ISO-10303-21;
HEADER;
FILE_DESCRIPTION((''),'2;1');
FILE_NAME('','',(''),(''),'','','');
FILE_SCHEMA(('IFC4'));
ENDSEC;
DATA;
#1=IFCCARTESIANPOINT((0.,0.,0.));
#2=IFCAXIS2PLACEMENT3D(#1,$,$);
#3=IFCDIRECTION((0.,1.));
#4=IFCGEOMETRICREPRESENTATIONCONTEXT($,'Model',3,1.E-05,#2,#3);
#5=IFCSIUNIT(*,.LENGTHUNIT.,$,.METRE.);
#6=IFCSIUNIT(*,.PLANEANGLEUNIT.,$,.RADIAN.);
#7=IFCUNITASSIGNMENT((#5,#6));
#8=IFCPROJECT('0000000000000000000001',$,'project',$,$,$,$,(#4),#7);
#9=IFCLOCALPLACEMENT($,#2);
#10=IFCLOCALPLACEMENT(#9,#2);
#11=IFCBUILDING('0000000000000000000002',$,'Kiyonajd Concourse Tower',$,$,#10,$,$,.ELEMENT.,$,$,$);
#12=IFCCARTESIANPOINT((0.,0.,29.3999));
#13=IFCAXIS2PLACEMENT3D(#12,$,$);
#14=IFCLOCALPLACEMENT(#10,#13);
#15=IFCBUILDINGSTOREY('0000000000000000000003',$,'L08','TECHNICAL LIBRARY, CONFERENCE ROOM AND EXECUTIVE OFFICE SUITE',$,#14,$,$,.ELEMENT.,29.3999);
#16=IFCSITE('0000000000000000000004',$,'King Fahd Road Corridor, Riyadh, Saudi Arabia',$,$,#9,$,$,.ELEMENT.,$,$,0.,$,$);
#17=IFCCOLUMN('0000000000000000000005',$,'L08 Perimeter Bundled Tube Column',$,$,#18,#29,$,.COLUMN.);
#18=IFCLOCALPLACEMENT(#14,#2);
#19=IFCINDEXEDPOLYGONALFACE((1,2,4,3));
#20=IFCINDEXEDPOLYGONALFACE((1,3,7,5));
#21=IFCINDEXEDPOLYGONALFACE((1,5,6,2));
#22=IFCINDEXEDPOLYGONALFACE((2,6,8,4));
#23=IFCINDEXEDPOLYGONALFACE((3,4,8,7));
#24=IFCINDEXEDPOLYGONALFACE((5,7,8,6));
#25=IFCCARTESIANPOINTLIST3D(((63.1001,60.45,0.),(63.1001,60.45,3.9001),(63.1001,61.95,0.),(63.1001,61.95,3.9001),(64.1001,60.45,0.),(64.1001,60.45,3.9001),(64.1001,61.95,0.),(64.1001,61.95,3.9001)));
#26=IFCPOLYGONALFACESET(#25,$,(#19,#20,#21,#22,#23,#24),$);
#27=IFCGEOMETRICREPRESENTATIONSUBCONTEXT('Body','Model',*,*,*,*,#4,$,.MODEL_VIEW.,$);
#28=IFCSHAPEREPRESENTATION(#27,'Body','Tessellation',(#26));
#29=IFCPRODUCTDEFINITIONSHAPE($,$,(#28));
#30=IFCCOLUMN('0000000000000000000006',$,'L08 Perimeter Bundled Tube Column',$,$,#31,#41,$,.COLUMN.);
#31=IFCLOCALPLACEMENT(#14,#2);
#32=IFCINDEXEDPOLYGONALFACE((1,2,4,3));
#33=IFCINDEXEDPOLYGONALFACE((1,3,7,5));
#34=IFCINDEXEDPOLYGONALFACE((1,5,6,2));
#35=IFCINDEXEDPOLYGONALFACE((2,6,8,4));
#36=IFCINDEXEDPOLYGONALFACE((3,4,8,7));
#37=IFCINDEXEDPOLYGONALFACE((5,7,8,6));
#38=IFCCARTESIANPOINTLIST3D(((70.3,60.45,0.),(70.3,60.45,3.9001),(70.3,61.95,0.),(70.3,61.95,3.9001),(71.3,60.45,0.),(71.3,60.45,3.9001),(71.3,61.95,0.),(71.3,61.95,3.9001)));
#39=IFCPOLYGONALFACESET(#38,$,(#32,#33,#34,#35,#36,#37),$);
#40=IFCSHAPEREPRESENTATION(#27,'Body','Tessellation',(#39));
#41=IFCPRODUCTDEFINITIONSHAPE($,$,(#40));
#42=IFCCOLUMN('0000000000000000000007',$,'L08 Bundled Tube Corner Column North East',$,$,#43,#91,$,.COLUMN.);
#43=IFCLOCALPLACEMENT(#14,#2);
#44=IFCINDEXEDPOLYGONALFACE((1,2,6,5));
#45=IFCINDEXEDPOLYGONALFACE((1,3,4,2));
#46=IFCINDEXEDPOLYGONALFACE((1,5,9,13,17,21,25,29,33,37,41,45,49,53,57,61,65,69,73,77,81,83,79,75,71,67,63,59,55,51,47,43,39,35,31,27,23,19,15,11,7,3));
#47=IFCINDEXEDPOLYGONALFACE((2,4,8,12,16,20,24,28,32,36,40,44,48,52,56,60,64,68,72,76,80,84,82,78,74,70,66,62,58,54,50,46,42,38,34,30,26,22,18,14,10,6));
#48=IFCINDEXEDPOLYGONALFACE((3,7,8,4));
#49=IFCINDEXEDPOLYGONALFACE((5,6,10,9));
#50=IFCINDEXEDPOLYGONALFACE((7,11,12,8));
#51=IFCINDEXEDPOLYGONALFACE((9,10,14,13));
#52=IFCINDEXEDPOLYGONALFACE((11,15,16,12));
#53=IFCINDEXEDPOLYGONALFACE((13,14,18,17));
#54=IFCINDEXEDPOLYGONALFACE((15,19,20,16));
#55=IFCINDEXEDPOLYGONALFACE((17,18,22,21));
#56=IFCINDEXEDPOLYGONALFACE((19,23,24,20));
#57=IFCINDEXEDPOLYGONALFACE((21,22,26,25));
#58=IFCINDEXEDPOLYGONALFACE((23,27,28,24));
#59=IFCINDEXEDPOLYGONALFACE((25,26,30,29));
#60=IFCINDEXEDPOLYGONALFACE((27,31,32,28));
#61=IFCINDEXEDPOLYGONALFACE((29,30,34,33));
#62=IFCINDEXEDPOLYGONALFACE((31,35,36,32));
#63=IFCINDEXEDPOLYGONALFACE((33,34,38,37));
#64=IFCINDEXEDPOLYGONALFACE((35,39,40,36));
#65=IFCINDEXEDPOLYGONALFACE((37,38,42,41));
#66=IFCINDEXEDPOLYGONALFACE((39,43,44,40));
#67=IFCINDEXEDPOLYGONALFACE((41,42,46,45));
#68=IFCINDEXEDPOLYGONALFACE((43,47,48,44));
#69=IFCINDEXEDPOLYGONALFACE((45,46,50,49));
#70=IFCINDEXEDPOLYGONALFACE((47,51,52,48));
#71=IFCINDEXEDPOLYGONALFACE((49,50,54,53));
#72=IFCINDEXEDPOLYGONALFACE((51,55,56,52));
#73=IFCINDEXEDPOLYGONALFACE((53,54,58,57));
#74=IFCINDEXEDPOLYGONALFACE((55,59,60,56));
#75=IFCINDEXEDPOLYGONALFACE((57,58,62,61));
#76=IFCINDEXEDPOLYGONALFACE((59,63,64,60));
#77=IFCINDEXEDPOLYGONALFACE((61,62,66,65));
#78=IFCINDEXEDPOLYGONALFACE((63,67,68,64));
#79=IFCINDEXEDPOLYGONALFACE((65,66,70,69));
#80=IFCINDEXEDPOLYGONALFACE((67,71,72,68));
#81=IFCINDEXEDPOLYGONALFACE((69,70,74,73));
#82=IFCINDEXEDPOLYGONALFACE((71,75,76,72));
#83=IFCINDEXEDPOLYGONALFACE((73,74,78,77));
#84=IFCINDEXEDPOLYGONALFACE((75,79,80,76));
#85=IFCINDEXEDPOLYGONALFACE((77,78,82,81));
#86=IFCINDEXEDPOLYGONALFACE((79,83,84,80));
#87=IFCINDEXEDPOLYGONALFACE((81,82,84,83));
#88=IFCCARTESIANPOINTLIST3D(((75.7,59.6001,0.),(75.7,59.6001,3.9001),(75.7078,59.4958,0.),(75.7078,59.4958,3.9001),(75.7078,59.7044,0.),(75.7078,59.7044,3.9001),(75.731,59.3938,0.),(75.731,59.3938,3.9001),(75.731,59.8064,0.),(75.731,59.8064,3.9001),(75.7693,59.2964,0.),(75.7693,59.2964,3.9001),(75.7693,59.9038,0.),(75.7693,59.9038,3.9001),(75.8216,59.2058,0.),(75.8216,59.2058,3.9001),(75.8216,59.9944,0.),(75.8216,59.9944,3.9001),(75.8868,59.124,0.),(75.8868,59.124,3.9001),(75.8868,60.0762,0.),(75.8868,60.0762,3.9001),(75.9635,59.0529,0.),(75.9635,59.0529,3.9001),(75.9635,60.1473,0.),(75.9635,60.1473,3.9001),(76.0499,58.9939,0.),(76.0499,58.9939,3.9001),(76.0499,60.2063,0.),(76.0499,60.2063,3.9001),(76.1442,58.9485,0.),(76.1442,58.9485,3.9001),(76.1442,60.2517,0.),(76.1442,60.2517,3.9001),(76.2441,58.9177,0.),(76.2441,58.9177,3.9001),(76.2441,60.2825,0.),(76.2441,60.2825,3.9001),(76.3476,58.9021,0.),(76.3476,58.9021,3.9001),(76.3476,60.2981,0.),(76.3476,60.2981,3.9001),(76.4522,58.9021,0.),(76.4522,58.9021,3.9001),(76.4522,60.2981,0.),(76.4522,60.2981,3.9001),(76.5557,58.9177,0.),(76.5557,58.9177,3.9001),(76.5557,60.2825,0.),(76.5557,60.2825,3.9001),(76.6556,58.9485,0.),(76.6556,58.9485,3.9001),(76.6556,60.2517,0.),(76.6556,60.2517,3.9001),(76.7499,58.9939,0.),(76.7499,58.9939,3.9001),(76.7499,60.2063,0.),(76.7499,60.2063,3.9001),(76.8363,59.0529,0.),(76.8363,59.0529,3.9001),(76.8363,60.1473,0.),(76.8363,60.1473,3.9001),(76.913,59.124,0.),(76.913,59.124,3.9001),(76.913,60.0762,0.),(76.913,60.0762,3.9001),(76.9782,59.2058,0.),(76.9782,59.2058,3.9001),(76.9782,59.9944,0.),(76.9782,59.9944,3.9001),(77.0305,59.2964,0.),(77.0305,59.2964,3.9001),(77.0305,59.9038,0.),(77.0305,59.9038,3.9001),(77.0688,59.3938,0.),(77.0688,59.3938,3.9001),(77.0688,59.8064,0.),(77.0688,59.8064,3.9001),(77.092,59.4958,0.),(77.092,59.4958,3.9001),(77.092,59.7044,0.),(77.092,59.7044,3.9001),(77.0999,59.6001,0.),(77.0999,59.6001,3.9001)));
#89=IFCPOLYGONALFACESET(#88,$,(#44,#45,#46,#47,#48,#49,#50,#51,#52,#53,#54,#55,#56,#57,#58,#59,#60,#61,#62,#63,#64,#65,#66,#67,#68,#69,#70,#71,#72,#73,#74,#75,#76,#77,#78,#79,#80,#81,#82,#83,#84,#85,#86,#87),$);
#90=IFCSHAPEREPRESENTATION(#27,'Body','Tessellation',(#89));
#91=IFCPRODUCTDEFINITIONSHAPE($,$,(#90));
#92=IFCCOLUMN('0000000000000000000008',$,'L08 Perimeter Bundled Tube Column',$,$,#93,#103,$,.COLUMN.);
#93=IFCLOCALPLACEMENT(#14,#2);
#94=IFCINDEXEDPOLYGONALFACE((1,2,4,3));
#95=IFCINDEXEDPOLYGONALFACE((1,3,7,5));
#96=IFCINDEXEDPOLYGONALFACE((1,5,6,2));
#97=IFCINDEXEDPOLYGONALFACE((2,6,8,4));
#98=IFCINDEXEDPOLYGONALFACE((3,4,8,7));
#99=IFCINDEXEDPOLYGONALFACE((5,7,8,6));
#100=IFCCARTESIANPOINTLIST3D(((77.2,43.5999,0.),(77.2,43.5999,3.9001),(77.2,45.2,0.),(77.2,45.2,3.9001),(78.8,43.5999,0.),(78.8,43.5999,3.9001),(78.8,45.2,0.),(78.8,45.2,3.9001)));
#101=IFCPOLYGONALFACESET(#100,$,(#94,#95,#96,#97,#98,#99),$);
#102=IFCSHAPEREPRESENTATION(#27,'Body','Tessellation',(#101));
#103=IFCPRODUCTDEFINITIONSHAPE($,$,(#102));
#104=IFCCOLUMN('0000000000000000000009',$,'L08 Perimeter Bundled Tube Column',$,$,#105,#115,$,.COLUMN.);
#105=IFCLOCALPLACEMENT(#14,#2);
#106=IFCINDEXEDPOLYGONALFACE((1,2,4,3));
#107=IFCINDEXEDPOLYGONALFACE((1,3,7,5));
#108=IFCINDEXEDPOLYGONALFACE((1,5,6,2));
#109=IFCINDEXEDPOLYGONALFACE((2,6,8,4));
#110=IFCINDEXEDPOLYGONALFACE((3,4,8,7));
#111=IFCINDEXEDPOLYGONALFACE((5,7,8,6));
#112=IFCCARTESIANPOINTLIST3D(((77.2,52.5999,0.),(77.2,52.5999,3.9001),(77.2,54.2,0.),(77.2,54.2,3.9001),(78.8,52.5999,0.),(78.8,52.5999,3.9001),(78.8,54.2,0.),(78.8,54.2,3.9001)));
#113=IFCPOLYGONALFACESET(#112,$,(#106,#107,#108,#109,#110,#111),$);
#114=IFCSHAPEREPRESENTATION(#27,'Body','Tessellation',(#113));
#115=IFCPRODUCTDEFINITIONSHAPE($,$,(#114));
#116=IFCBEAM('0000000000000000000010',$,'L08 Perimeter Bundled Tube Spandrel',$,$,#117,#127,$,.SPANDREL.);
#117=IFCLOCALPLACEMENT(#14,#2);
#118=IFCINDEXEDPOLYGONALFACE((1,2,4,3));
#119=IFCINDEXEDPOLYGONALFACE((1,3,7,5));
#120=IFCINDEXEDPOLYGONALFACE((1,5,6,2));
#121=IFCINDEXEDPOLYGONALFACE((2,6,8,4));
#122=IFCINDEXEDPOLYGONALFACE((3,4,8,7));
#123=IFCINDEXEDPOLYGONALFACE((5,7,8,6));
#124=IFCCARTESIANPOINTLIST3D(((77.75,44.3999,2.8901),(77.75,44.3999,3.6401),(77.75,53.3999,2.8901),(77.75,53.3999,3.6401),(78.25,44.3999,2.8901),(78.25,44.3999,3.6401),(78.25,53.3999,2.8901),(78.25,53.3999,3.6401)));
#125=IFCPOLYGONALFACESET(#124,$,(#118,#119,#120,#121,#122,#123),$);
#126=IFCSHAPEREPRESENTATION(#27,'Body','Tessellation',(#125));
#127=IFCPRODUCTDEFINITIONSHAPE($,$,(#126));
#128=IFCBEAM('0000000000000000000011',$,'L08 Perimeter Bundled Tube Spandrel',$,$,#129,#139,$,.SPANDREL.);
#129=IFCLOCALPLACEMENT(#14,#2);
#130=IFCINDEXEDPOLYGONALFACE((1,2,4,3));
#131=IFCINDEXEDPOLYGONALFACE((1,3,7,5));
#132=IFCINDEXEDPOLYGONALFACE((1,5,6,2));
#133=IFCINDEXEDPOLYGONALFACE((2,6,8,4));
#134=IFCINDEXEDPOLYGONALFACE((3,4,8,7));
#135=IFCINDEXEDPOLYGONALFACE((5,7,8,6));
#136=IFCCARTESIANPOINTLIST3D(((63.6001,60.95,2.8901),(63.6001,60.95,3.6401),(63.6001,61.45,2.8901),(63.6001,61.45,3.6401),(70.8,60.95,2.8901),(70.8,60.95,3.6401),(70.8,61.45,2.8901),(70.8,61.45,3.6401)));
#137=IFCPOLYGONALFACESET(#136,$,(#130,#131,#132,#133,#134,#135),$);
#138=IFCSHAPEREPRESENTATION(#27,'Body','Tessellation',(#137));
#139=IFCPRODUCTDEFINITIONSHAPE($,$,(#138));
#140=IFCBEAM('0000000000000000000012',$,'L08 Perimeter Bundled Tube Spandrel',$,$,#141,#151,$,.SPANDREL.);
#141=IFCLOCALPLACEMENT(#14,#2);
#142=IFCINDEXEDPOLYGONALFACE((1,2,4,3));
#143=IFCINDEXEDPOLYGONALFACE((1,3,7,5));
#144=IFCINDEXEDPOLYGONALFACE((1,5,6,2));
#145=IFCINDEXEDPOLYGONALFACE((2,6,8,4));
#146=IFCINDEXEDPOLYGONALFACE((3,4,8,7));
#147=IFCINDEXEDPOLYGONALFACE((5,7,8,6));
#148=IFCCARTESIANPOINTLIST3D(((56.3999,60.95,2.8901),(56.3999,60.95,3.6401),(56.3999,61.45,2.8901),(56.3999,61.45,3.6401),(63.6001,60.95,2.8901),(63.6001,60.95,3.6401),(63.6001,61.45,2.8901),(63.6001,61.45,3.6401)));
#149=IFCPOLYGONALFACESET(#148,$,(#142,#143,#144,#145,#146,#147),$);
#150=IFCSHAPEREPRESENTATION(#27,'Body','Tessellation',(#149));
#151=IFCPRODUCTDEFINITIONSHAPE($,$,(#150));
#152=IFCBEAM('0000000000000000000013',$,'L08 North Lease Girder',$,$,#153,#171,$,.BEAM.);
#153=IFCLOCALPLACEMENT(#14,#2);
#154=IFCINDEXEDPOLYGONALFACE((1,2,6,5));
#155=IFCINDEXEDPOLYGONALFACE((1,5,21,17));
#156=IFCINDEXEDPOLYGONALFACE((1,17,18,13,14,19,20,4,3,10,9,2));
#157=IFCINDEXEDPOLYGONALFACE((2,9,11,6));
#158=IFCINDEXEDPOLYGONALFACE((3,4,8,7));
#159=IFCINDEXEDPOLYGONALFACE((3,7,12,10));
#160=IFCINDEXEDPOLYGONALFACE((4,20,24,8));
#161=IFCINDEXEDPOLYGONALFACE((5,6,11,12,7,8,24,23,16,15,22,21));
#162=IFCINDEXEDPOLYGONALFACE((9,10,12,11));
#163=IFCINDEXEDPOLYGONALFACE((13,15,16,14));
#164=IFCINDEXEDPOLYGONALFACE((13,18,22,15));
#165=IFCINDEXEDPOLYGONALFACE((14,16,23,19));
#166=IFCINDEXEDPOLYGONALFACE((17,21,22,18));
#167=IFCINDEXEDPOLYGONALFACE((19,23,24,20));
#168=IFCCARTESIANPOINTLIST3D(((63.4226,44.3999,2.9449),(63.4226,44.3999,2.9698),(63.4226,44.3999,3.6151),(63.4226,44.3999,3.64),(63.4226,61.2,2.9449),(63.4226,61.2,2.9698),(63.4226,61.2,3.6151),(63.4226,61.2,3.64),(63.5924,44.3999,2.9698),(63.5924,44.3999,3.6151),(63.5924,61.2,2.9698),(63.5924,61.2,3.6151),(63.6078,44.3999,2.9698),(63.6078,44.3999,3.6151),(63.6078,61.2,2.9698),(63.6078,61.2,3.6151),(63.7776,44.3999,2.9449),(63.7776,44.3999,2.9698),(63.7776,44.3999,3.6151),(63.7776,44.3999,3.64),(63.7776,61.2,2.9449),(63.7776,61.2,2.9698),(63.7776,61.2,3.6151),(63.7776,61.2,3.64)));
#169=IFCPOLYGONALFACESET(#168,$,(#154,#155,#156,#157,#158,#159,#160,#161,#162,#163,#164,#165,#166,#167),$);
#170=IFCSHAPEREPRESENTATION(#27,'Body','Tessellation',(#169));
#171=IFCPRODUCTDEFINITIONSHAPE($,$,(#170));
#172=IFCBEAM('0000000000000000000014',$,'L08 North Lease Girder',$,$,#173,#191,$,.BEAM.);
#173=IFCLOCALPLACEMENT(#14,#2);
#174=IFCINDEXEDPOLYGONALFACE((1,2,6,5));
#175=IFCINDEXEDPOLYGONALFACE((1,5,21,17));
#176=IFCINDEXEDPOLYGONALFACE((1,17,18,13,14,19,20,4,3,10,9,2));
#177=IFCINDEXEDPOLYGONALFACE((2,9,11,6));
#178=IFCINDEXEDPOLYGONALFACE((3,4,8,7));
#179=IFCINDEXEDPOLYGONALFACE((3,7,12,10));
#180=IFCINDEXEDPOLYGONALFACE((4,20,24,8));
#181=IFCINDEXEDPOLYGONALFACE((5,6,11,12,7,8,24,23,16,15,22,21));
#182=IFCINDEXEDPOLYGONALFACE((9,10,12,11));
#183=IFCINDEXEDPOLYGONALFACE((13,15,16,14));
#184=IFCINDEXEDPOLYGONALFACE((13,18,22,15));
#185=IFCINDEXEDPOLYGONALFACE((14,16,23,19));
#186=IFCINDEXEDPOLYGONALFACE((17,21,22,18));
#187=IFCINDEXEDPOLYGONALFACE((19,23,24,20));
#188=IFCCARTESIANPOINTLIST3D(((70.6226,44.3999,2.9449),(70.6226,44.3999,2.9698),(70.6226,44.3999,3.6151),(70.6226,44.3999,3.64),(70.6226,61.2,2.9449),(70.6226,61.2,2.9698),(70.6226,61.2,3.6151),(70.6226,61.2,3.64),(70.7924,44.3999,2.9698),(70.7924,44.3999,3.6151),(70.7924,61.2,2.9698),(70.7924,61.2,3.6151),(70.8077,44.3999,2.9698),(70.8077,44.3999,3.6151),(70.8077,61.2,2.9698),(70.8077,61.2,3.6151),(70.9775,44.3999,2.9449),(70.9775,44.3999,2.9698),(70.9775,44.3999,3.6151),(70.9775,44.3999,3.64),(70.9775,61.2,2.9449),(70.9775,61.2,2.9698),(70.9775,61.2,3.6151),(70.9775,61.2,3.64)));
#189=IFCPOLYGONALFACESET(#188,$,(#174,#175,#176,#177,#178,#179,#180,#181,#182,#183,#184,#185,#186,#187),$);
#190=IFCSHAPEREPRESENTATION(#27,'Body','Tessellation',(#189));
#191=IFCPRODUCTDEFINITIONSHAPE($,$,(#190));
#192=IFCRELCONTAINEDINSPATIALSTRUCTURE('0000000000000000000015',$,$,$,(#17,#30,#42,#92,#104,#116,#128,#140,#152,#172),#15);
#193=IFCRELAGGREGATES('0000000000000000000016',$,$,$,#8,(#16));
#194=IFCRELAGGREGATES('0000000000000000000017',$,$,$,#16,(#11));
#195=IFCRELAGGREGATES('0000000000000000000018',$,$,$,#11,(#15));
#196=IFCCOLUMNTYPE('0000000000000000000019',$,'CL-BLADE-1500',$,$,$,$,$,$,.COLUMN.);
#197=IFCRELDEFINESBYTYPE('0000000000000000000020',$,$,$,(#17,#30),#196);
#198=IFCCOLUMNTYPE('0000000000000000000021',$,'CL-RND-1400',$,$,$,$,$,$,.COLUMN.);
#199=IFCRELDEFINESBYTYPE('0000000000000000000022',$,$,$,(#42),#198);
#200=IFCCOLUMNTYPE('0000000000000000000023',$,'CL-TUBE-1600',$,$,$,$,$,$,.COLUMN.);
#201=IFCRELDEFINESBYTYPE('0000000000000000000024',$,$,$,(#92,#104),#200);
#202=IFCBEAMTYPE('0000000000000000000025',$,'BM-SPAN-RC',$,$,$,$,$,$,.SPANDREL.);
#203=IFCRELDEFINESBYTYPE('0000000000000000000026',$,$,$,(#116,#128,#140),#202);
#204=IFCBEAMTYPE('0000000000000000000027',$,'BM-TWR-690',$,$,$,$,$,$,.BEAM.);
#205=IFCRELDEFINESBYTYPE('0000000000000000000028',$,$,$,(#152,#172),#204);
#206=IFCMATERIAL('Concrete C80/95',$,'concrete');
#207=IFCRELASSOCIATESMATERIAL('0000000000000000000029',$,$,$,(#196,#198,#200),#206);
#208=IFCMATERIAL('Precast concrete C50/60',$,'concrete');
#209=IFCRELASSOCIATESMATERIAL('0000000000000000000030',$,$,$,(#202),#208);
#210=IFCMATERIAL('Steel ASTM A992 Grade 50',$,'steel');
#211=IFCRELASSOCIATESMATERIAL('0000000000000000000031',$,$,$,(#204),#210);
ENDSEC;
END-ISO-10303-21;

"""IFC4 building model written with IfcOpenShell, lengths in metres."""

from ifc_helpers import new_model, si_unit, direction, frame, origin, origin_2d, place, context, subcontext, project, spatial, rectangle, circle, i_section, extrude, material, material_profile, profile_set, type_object, element, save


model = new_model("IFC4")

# Units and contexts
model_context = context("Model", 3, precision=1e-05, world=origin(), true_north=direction((0.0, 1.0)))
body_context = subcontext(model_context, "Body", "Model", "MODEL_VIEW")
ifc_project = project(units=[si_unit("LENGTHUNIT", "METRE"), si_unit("PLANEANGLEUNIT", "RADIAN")], contexts=[model_context])

# Site, building, storey
site_placement = place(None, origin())
site = spatial("IfcSite", under=ifc_project, at=site_placement, Name="King Fahd Road Corridor, Riyadh, Saudi Arabia", CompositionType="ELEMENT", RefElevation=0.0)
building_placement = place(site_placement, origin())
building = spatial("IfcBuilding", under=site, at=building_placement, Name="Kiyonajd Concourse Tower", CompositionType="ELEMENT")
storey_placement = place(building_placement, frame((0.0, 0.0, 29.3999)))
storey = spatial("IfcBuildingStorey", under=building, at=storey_placement, Name="L08", Description="TECHNICAL LIBRARY, CONFERENCE ROOM AND EXECUTIVE OFFICE SUITE", CompositionType="ELEMENT", Elevation=29.3999)

# Columns
ifc_material_1 = material(Name="Concrete C80/95", Category="concrete")
ifc_material_profile_1 = material_profile(ifc_material_1, rectangle(XDim=1.0, YDim=1.5, at=origin_2d()), Name="RC-1500x1000")
ifc_profile_set_1 = profile_set([ifc_material_profile_1], Name="Concrete C80/95")
column_type_1 = type_object("IfcColumnType", Name="CL-BLADE-1500", PredefinedType="COLUMN", material=ifc_profile_set_1)
for number, where, z_axis, x_axis, name in (
    (1, (63.6001, 61.2, 0.0), (0.0, 0.0, 1.0), (1.0, 0.0, 0.0), "L08 Perimeter Bundled Tube Column"),
    (2, (70.8, 61.2, 0.0), (0.0, 0.0, 1.0), (1.0, 0.0, 0.0), "L08 Perimeter Bundled Tube Column"),
):
    element("IfcColumn", number, at=place(storey_placement, frame(where, z_axis=z_axis, x_axis=x_axis)), inside=storey, type_object=column_type_1, Name=name, PredefinedType="COLUMN", context=body_context, shape_type="SweptSolid", body=[
        extrude(rectangle(XDim=1.0, YDim=1.5, at=origin_2d()), origin(), (0.0, 0.0, 1.0), 3.9001),
    ])
ifc_material_profile_2 = material_profile(ifc_material_1, circle(Radius=0.7, at=origin_2d()), Name="RCC-D1400")
ifc_profile_set_2 = profile_set([ifc_material_profile_2], Name="Concrete C80/95")
column_type_2 = type_object("IfcColumnType", Name="CL-RND-1400", PredefinedType="COLUMN", material=ifc_profile_set_2)
column_placement = place(storey_placement, frame((76.3999, 59.6001, 0.0), z_axis=(0.0, 0.0, 1.0), x_axis=(1.0, 0.0, 0.0)))
element("IfcColumn", 3, at=column_placement, inside=storey, type_object=column_type_2, Name="L08 Bundled Tube Corner Column North East", PredefinedType="COLUMN", context=body_context, shape_type="SweptSolid", body=[
    extrude(circle(Radius=0.7, at=origin_2d()), origin(), (0.0, 0.0, 1.0), 3.9001),
])
ifc_material_profile_3 = material_profile(ifc_material_1, rectangle(XDim=1.6001, YDim=1.6001, at=origin_2d()), Name="RC-1600x1600")
ifc_profile_set_3 = profile_set([ifc_material_profile_3], Name="Concrete C80/95")
column_type_3 = type_object("IfcColumnType", Name="CL-TUBE-1600", PredefinedType="COLUMN", material=ifc_profile_set_3)
for number, where, z_axis, x_axis, name in (
    (4, (78.0, 44.3999, 0.0), (0.0, 0.0, 1.0), (1.0, 0.0, 0.0), "L08 Perimeter Bundled Tube Column"),
    (5, (78.0, 53.3999, 0.0), (0.0, 0.0, 1.0), (1.0, 0.0, 0.0), "L08 Perimeter Bundled Tube Column"),
):
    element("IfcColumn", number, at=place(storey_placement, frame(where, z_axis=z_axis, x_axis=x_axis)), inside=storey, type_object=column_type_3, Name=name, PredefinedType="COLUMN", context=body_context, shape_type="SweptSolid", body=[
        extrude(rectangle(XDim=1.6001, YDim=1.6001, at=origin_2d()), origin(), (0.0, 0.0, 1.0), 3.9001),
    ])

# Beams
ifc_material_2 = material(Name="Precast concrete C50/60", Category="concrete")
ifc_material_profile_4 = material_profile(ifc_material_2, rectangle(XDim=0.5, YDim=0.75, at=origin_2d()), Name="RCBM-500x750")
ifc_profile_set_4 = profile_set([ifc_material_profile_4], Name="Precast concrete C50/60")
beam_type_1 = type_object("IfcBeamType", Name="BM-SPAN-RC", PredefinedType="SPANDREL", material=ifc_profile_set_4)
beam_1_placement = place(storey_placement, frame((78.0, 44.3999, 3.2651), z_axis=(0.0, 1.0, 0.0), x_axis=(-1.0, 0.0, 0.0)))
element("IfcBeam", 6, at=beam_1_placement, inside=storey, type_object=beam_type_1, Name="L08 Perimeter Bundled Tube Spandrel", PredefinedType="SPANDREL", context=body_context, shape_type="SweptSolid", body=[
    extrude(rectangle(XDim=0.5, YDim=0.75, at=origin_2d()), origin(), (0.0, 0.0, 1.0), 9.0),
])
beam_2_placement = place(storey_placement, frame((70.8, 61.2, 3.2651), z_axis=(-1.0, 0.0, 0.0), x_axis=(0.0, -1.0, 0.0)))
element("IfcBeam", 7, at=beam_2_placement, inside=storey, type_object=beam_type_1, Name="L08 Perimeter Bundled Tube Spandrel", PredefinedType="SPANDREL", context=body_context, shape_type="SweptSolid", body=[
    extrude(rectangle(XDim=0.5, YDim=0.75, at=origin_2d()), origin(), (0.0, 0.0, 1.0), 7.2),
])
beam_3_placement = place(storey_placement, frame((63.6001, 61.2, 3.2651), z_axis=(-1.0, 0.0, 0.0), x_axis=(0.0, -1.0, 0.0)))
element("IfcBeam", 8, at=beam_3_placement, inside=storey, type_object=beam_type_1, Name="L08 Perimeter Bundled Tube Spandrel", PredefinedType="SPANDREL", context=body_context, shape_type="SweptSolid", body=[
    extrude(rectangle(XDim=0.5, YDim=0.75, at=origin_2d()), origin(), (0.0, 0.0, 1.0), 7.2002),
])
ifc_material_3 = material(Name="Steel ASTM A992 Grade 50", Category="steel")
ifc_material_profile_5 = material_profile(ifc_material_3, i_section(OverallWidth=0.355, OverallDepth=0.6951, WebThickness=0.0154, FlangeThickness=0.0249, at=origin_2d()), Name="W690X217")
ifc_profile_set_5 = profile_set([ifc_material_profile_5], Name="Steel ASTM A992 Grade 50")
beam_type_2 = type_object("IfcBeamType", Name="BM-TWR-690", PredefinedType="BEAM", material=ifc_profile_set_5)
for number, where, z_axis, x_axis, name in (
    (9, (63.6001, 44.3999, 3.2925), (0.0, 1.0, 0.0), (-1.0, 0.0, 0.0), "L08 North Lease Girder"),
    (10, (70.8, 44.3999, 3.2925), (0.0, 1.0, 0.0), (-1.0, 0.0, 0.0), "L08 North Lease Girder"),
):
    element("IfcBeam", number, at=place(storey_placement, frame(where, z_axis=z_axis, x_axis=x_axis)), inside=storey, type_object=beam_type_2, Name=name, PredefinedType="BEAM", context=body_context, shape_type="SweptSolid", body=[
        extrude(i_section(OverallWidth=0.355, OverallDepth=0.6951, WebThickness=0.0154, FlangeThickness=0.0249, at=origin_2d()), origin(), (0.0, 0.0, 1.0), 16.8),
    ])

save(model, "model.ifc")
